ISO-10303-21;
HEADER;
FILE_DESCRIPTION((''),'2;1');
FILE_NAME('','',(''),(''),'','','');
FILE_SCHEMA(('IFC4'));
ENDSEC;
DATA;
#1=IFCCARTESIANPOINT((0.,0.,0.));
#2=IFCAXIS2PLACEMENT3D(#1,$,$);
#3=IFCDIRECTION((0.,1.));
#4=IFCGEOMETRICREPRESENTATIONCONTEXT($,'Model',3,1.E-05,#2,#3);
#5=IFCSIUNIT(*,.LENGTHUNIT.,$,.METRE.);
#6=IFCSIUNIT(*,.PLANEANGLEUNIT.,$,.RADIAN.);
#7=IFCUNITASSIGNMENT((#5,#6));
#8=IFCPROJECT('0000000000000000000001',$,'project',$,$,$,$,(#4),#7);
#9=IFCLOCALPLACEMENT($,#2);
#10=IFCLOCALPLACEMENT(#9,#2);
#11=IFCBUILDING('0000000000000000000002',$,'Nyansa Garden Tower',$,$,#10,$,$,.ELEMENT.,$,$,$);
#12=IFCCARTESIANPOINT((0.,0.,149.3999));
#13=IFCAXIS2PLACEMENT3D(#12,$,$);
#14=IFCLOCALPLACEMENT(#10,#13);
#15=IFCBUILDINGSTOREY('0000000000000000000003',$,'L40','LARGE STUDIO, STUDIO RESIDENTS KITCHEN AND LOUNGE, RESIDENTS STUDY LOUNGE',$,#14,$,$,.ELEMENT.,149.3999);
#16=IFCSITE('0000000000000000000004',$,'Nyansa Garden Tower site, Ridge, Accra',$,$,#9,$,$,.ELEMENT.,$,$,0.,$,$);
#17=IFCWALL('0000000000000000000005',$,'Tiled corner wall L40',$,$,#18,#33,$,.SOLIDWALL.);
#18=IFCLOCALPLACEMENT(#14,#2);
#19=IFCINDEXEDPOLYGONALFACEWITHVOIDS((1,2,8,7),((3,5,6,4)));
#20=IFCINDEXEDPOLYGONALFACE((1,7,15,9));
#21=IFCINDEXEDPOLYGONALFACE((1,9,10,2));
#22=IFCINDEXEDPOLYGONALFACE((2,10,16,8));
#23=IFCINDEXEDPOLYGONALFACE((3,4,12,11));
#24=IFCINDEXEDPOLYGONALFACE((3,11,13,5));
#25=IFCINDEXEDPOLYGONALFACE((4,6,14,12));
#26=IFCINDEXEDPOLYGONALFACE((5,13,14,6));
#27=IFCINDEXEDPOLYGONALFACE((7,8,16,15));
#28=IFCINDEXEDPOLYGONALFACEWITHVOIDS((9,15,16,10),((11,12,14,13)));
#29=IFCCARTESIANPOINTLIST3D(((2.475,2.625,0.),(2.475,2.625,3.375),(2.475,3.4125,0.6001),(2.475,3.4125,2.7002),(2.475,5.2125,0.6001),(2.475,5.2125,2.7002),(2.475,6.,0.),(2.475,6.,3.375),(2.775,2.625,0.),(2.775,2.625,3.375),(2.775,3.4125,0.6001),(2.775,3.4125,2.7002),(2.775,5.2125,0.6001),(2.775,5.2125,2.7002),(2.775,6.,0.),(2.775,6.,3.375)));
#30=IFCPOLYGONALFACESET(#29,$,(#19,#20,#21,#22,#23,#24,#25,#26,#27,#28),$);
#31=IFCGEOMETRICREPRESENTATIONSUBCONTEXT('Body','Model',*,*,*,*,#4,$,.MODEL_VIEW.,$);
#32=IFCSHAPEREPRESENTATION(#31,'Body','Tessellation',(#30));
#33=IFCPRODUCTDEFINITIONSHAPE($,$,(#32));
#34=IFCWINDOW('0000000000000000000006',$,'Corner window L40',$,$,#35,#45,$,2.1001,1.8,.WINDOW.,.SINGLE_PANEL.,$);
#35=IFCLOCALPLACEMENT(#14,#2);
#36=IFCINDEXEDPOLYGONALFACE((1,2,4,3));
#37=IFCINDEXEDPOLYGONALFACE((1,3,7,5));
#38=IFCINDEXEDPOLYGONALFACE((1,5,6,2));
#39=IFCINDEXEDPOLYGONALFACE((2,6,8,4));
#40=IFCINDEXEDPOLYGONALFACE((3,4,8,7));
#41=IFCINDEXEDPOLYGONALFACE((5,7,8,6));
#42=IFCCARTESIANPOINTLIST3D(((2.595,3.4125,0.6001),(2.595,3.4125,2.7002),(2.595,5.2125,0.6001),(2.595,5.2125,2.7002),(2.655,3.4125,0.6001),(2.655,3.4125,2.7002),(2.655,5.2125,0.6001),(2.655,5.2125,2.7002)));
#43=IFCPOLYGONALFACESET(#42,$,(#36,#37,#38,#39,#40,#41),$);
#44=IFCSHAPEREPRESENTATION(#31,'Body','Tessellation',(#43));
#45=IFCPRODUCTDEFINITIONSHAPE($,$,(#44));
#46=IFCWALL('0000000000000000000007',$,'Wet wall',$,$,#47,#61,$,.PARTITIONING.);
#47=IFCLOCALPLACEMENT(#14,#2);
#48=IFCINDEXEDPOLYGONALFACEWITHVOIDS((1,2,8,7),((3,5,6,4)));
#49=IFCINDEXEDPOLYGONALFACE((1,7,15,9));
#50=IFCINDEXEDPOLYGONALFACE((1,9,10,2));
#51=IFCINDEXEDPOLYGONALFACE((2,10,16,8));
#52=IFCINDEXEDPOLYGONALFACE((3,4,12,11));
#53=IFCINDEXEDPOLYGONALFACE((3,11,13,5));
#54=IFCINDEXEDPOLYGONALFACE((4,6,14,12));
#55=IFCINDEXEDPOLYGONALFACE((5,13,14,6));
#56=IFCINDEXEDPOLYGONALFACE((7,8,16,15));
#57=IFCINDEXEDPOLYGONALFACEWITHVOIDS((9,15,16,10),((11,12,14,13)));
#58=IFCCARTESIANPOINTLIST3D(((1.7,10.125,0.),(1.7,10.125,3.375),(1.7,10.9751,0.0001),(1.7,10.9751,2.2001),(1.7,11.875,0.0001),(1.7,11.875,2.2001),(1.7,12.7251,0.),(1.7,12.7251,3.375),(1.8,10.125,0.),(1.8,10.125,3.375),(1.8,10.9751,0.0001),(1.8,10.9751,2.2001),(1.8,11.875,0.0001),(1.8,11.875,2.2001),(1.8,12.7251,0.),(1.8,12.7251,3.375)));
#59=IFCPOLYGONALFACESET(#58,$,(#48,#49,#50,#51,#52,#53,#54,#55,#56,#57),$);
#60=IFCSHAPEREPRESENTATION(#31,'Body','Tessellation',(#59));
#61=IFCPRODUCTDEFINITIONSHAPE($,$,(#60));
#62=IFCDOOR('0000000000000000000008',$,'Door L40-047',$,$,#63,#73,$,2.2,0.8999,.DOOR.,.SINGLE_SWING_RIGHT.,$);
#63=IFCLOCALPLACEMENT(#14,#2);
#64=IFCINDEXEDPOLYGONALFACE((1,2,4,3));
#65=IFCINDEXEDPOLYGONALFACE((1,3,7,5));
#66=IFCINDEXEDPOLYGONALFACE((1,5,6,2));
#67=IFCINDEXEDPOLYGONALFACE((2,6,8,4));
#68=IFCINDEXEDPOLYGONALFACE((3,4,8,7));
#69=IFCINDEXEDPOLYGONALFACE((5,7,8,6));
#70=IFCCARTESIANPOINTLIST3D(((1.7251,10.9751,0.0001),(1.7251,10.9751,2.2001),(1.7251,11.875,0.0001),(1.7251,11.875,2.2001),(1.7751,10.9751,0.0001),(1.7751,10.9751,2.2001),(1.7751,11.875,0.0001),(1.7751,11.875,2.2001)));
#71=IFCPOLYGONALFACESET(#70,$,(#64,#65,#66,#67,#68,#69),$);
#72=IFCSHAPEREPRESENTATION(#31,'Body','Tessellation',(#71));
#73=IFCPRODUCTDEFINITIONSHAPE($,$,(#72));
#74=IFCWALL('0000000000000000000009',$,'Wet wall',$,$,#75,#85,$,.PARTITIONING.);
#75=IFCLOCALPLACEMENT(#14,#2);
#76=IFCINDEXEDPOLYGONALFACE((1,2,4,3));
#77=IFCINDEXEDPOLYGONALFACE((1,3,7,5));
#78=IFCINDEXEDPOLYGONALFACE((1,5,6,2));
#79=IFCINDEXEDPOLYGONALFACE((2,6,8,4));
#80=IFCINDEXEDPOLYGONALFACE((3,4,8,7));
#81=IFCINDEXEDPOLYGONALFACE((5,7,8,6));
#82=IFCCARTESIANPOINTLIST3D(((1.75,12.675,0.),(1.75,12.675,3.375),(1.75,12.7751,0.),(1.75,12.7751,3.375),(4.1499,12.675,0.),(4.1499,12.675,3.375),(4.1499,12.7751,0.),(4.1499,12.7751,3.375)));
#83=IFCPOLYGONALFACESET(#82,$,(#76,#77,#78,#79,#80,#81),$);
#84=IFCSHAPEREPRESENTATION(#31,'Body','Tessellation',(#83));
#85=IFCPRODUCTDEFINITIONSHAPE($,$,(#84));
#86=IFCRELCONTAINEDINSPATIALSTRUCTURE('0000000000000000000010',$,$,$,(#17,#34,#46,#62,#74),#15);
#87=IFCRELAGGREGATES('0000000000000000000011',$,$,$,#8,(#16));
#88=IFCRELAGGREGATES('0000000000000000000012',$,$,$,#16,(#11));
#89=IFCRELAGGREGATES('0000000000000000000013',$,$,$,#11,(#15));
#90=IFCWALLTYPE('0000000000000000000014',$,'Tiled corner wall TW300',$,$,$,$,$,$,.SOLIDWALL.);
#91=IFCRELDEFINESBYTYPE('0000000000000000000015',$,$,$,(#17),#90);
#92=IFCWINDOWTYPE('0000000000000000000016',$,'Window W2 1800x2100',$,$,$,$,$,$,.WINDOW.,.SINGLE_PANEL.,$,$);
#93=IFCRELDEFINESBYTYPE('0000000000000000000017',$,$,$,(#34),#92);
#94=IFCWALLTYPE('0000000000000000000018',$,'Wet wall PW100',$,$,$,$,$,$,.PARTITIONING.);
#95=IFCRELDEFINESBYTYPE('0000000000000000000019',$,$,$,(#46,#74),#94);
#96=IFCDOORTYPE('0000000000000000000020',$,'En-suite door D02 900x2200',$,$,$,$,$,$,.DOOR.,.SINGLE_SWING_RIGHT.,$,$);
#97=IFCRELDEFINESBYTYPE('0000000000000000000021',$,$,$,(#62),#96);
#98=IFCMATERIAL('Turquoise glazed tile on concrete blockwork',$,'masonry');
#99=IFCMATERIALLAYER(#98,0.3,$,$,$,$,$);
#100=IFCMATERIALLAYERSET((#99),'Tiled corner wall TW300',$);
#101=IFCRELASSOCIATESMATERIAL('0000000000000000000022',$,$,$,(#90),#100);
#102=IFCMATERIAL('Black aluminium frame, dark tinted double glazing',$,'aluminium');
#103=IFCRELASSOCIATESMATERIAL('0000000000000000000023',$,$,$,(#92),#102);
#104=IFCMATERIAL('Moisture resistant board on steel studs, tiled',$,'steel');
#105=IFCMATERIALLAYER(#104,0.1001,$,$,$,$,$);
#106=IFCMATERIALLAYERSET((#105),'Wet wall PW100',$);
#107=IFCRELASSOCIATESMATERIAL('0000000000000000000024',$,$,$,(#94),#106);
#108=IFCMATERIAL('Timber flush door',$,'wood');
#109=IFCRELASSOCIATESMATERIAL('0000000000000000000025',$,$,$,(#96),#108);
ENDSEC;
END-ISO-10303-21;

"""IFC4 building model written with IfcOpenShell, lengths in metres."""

from ifc_helpers import new_model, si_unit, direction, frame, frame_2d, origin, place, context, subcontext, project, spatial, rectangle, extrude, material, layer, layer_set, type_object, element, fill, save


model = new_model("IFC4")

# Units and contexts
model_context = context("Model", 3, precision=1e-05, world=origin(), true_north=direction((0.0, 1.0)))
body_context = subcontext(model_context, "Body", "Model", "MODEL_VIEW")
ifc_project = project(units=[si_unit("LENGTHUNIT", "METRE"), si_unit("PLANEANGLEUNIT", "RADIAN")], contexts=[model_context])

# Site, building, storey
site_placement = place(None, origin())
site = spatial("IfcSite", under=ifc_project, at=site_placement, Name="Nyansa Garden Tower site, Ridge, Accra", CompositionType="ELEMENT", RefElevation=0.0)
building_placement = place(site_placement, origin())
building = spatial("IfcBuilding", under=site, at=building_placement, Name="Nyansa Garden Tower", CompositionType="ELEMENT")
storey_placement = place(building_placement, frame((0.0, 0.0, 149.3999)))
storey = spatial("IfcBuildingStorey", under=building, at=storey_placement, Name="L40", Description="LARGE STUDIO, STUDIO RESIDENTS KITCHEN AND LOUNGE, RESIDENTS STUDY LOUNGE", CompositionType="ELEMENT", Elevation=149.3999)

# Wall, opening, window
ifc_material_1 = material(Name="Turquoise glazed tile on concrete blockwork", Category="masonry")
ifc_layer_1 = layer(ifc_material_1, 0.3)
ifc_layer_set_1 = layer_set([ifc_layer_1], Name="Tiled corner wall TW300")
wall_type_1 = type_object("IfcWallType", Name="Tiled corner wall TW300", PredefinedType="SOLIDWALL", material=ifc_layer_set_1)
wall_1_placement = place(storey_placement, frame((2.625, 6.0, 0.0), z_axis=(0.0, 0.0, 1.0), x_axis=(0.0, -1.0, 0.0)))
wall_1 = element("IfcWall", 1, at=wall_1_placement, inside=storey, type_object=wall_type_1, Name="Tiled corner wall L40", PredefinedType="SOLIDWALL", context=body_context, shape_type="SweptSolid", body=[
    extrude(rectangle(XDim=3.375, YDim=0.3, at=frame_2d((1.6875, 0.0))), origin(), (0.0, 0.0, 1.0), 3.375),
])
opening_1_placement = place(wall_1_placement, frame((0.7876, 0.0, 0.6001)))
opening_1 = element("IfcOpeningElement", 2, at=opening_1_placement, cuts=wall_1, PredefinedType="OPENING", context=body_context, shape_type="SweptSolid", body=[
    extrude(rectangle(XDim=1.8, YDim=2.1001, at=frame_2d((0.8999, 1.05))), frame((0.0, 0.1599, 0.0), z_axis=(0.0, -1.0, 0.0), x_axis=(1.0, 0.0, 0.0)), (0.0, 0.0, 1.0), 0.3201),
])
ifc_material_2 = material(Name="Black aluminium frame, dark tinted double glazing", Category="aluminium")
window_type_1 = type_object("IfcWindowType", Name="Window W2 1800x2100", PartitioningType="SINGLE_PANEL", PredefinedType="WINDOW", material=ifc_material_2)
window_1_placement = place(opening_1_placement, origin())
window_1 = element("IfcWindow", 3, at=window_1_placement, inside=storey, type_object=window_type_1, Name="Corner window L40", OverallHeight=2.1001, OverallWidth=1.8, PartitioningType="SINGLE_PANEL", PredefinedType="WINDOW", context=body_context, shape_type="SweptSolid", body=[
    extrude(rectangle(XDim=1.8, YDim=2.1001, at=frame_2d((0.8999, 1.05))), frame((0.0, 0.03, 0.0), z_axis=(0.0, -1.0, 0.0), x_axis=(1.0, 0.0, 0.0)), (0.0, 0.0, 1.0), 0.0601),
])
fill(opening_1, window_1)

# Wall, opening, door
ifc_material_3 = material(Name="Moisture resistant board on steel studs, tiled", Category="steel")
ifc_layer_2 = layer(ifc_material_3, 0.1001)
ifc_layer_set_2 = layer_set([ifc_layer_2], Name="Wet wall PW100")
wall_type_2 = type_object("IfcWallType", Name="Wet wall PW100", PredefinedType="PARTITIONING", material=ifc_layer_set_2)
wall_2_placement = place(storey_placement, frame((1.75, 10.125, 0.0), z_axis=(0.0, 0.0, 1.0), x_axis=(0.0, 1.0, 0.0)))
wall_2 = element("IfcWall", 4, at=wall_2_placement, inside=storey, type_object=wall_type_2, Name="Wet wall", PredefinedType="PARTITIONING", context=body_context, shape_type="SweptSolid", body=[
    extrude(rectangle(XDim=2.6001, YDim=0.1001, at=frame_2d((1.3, 0.0))), origin(), (0.0, 0.0, 1.0), 3.375),
])
opening_2_placement = place(wall_2_placement, frame((0.8501, 0.0, 0.0)))
opening_2 = element("IfcOpeningElement", 5, at=opening_2_placement, cuts=wall_2, PredefinedType="OPENING", context=body_context, shape_type="SweptSolid", body=[
    extrude(rectangle(XDim=0.8999, YDim=2.2, at=frame_2d((0.45, 1.1001))), frame((0.0, 0.0601, 0.0), z_axis=(0.0, -1.0, 0.0), x_axis=(1.0, 0.0, 0.0)), (0.0, 0.0, 1.0), 0.1201),
])
ifc_material_4 = material(Name="Timber flush door", Category="wood")
door_type_1 = type_object("IfcDoorType", Name="En-suite door D02 900x2200", OperationType="SINGLE_SWING_RIGHT", PredefinedType="DOOR", material=ifc_material_4)
door_1_placement = place(opening_2_placement, origin())
door_1 = element("IfcDoor", 6, at=door_1_placement, inside=storey, type_object=door_type_1, Name="Door L40-047", OperationType="SINGLE_SWING_RIGHT", OverallHeight=2.2, OverallWidth=0.8999, PredefinedType="DOOR", context=body_context, shape_type="SweptSolid", body=[
    extrude(rectangle(XDim=0.8999, YDim=2.2, at=frame_2d((0.45, 1.1001))), frame((0.0, 0.0249, 0.0), z_axis=(0.0, -1.0, 0.0), x_axis=(1.0, 0.0, 0.0)), (0.0, 0.0, 1.0), 0.05),
])
fill(opening_2, door_1)

# Wall
wall_3_placement = place(storey_placement, frame((1.75, 12.7251, 0.0), z_axis=(0.0, 0.0, 1.0), x_axis=(1.0, 0.0, 0.0)))
element("IfcWall", 7, at=wall_3_placement, inside=storey, type_object=wall_type_2, Name="Wet wall", PredefinedType="PARTITIONING", context=body_context, shape_type="SweptSolid", body=[
    extrude(rectangle(XDim=2.3999, YDim=0.1001, at=frame_2d((1.2, 0.0))), origin(), (0.0, 0.0, 1.0), 3.375),
])

save(model, "model.ifc")
